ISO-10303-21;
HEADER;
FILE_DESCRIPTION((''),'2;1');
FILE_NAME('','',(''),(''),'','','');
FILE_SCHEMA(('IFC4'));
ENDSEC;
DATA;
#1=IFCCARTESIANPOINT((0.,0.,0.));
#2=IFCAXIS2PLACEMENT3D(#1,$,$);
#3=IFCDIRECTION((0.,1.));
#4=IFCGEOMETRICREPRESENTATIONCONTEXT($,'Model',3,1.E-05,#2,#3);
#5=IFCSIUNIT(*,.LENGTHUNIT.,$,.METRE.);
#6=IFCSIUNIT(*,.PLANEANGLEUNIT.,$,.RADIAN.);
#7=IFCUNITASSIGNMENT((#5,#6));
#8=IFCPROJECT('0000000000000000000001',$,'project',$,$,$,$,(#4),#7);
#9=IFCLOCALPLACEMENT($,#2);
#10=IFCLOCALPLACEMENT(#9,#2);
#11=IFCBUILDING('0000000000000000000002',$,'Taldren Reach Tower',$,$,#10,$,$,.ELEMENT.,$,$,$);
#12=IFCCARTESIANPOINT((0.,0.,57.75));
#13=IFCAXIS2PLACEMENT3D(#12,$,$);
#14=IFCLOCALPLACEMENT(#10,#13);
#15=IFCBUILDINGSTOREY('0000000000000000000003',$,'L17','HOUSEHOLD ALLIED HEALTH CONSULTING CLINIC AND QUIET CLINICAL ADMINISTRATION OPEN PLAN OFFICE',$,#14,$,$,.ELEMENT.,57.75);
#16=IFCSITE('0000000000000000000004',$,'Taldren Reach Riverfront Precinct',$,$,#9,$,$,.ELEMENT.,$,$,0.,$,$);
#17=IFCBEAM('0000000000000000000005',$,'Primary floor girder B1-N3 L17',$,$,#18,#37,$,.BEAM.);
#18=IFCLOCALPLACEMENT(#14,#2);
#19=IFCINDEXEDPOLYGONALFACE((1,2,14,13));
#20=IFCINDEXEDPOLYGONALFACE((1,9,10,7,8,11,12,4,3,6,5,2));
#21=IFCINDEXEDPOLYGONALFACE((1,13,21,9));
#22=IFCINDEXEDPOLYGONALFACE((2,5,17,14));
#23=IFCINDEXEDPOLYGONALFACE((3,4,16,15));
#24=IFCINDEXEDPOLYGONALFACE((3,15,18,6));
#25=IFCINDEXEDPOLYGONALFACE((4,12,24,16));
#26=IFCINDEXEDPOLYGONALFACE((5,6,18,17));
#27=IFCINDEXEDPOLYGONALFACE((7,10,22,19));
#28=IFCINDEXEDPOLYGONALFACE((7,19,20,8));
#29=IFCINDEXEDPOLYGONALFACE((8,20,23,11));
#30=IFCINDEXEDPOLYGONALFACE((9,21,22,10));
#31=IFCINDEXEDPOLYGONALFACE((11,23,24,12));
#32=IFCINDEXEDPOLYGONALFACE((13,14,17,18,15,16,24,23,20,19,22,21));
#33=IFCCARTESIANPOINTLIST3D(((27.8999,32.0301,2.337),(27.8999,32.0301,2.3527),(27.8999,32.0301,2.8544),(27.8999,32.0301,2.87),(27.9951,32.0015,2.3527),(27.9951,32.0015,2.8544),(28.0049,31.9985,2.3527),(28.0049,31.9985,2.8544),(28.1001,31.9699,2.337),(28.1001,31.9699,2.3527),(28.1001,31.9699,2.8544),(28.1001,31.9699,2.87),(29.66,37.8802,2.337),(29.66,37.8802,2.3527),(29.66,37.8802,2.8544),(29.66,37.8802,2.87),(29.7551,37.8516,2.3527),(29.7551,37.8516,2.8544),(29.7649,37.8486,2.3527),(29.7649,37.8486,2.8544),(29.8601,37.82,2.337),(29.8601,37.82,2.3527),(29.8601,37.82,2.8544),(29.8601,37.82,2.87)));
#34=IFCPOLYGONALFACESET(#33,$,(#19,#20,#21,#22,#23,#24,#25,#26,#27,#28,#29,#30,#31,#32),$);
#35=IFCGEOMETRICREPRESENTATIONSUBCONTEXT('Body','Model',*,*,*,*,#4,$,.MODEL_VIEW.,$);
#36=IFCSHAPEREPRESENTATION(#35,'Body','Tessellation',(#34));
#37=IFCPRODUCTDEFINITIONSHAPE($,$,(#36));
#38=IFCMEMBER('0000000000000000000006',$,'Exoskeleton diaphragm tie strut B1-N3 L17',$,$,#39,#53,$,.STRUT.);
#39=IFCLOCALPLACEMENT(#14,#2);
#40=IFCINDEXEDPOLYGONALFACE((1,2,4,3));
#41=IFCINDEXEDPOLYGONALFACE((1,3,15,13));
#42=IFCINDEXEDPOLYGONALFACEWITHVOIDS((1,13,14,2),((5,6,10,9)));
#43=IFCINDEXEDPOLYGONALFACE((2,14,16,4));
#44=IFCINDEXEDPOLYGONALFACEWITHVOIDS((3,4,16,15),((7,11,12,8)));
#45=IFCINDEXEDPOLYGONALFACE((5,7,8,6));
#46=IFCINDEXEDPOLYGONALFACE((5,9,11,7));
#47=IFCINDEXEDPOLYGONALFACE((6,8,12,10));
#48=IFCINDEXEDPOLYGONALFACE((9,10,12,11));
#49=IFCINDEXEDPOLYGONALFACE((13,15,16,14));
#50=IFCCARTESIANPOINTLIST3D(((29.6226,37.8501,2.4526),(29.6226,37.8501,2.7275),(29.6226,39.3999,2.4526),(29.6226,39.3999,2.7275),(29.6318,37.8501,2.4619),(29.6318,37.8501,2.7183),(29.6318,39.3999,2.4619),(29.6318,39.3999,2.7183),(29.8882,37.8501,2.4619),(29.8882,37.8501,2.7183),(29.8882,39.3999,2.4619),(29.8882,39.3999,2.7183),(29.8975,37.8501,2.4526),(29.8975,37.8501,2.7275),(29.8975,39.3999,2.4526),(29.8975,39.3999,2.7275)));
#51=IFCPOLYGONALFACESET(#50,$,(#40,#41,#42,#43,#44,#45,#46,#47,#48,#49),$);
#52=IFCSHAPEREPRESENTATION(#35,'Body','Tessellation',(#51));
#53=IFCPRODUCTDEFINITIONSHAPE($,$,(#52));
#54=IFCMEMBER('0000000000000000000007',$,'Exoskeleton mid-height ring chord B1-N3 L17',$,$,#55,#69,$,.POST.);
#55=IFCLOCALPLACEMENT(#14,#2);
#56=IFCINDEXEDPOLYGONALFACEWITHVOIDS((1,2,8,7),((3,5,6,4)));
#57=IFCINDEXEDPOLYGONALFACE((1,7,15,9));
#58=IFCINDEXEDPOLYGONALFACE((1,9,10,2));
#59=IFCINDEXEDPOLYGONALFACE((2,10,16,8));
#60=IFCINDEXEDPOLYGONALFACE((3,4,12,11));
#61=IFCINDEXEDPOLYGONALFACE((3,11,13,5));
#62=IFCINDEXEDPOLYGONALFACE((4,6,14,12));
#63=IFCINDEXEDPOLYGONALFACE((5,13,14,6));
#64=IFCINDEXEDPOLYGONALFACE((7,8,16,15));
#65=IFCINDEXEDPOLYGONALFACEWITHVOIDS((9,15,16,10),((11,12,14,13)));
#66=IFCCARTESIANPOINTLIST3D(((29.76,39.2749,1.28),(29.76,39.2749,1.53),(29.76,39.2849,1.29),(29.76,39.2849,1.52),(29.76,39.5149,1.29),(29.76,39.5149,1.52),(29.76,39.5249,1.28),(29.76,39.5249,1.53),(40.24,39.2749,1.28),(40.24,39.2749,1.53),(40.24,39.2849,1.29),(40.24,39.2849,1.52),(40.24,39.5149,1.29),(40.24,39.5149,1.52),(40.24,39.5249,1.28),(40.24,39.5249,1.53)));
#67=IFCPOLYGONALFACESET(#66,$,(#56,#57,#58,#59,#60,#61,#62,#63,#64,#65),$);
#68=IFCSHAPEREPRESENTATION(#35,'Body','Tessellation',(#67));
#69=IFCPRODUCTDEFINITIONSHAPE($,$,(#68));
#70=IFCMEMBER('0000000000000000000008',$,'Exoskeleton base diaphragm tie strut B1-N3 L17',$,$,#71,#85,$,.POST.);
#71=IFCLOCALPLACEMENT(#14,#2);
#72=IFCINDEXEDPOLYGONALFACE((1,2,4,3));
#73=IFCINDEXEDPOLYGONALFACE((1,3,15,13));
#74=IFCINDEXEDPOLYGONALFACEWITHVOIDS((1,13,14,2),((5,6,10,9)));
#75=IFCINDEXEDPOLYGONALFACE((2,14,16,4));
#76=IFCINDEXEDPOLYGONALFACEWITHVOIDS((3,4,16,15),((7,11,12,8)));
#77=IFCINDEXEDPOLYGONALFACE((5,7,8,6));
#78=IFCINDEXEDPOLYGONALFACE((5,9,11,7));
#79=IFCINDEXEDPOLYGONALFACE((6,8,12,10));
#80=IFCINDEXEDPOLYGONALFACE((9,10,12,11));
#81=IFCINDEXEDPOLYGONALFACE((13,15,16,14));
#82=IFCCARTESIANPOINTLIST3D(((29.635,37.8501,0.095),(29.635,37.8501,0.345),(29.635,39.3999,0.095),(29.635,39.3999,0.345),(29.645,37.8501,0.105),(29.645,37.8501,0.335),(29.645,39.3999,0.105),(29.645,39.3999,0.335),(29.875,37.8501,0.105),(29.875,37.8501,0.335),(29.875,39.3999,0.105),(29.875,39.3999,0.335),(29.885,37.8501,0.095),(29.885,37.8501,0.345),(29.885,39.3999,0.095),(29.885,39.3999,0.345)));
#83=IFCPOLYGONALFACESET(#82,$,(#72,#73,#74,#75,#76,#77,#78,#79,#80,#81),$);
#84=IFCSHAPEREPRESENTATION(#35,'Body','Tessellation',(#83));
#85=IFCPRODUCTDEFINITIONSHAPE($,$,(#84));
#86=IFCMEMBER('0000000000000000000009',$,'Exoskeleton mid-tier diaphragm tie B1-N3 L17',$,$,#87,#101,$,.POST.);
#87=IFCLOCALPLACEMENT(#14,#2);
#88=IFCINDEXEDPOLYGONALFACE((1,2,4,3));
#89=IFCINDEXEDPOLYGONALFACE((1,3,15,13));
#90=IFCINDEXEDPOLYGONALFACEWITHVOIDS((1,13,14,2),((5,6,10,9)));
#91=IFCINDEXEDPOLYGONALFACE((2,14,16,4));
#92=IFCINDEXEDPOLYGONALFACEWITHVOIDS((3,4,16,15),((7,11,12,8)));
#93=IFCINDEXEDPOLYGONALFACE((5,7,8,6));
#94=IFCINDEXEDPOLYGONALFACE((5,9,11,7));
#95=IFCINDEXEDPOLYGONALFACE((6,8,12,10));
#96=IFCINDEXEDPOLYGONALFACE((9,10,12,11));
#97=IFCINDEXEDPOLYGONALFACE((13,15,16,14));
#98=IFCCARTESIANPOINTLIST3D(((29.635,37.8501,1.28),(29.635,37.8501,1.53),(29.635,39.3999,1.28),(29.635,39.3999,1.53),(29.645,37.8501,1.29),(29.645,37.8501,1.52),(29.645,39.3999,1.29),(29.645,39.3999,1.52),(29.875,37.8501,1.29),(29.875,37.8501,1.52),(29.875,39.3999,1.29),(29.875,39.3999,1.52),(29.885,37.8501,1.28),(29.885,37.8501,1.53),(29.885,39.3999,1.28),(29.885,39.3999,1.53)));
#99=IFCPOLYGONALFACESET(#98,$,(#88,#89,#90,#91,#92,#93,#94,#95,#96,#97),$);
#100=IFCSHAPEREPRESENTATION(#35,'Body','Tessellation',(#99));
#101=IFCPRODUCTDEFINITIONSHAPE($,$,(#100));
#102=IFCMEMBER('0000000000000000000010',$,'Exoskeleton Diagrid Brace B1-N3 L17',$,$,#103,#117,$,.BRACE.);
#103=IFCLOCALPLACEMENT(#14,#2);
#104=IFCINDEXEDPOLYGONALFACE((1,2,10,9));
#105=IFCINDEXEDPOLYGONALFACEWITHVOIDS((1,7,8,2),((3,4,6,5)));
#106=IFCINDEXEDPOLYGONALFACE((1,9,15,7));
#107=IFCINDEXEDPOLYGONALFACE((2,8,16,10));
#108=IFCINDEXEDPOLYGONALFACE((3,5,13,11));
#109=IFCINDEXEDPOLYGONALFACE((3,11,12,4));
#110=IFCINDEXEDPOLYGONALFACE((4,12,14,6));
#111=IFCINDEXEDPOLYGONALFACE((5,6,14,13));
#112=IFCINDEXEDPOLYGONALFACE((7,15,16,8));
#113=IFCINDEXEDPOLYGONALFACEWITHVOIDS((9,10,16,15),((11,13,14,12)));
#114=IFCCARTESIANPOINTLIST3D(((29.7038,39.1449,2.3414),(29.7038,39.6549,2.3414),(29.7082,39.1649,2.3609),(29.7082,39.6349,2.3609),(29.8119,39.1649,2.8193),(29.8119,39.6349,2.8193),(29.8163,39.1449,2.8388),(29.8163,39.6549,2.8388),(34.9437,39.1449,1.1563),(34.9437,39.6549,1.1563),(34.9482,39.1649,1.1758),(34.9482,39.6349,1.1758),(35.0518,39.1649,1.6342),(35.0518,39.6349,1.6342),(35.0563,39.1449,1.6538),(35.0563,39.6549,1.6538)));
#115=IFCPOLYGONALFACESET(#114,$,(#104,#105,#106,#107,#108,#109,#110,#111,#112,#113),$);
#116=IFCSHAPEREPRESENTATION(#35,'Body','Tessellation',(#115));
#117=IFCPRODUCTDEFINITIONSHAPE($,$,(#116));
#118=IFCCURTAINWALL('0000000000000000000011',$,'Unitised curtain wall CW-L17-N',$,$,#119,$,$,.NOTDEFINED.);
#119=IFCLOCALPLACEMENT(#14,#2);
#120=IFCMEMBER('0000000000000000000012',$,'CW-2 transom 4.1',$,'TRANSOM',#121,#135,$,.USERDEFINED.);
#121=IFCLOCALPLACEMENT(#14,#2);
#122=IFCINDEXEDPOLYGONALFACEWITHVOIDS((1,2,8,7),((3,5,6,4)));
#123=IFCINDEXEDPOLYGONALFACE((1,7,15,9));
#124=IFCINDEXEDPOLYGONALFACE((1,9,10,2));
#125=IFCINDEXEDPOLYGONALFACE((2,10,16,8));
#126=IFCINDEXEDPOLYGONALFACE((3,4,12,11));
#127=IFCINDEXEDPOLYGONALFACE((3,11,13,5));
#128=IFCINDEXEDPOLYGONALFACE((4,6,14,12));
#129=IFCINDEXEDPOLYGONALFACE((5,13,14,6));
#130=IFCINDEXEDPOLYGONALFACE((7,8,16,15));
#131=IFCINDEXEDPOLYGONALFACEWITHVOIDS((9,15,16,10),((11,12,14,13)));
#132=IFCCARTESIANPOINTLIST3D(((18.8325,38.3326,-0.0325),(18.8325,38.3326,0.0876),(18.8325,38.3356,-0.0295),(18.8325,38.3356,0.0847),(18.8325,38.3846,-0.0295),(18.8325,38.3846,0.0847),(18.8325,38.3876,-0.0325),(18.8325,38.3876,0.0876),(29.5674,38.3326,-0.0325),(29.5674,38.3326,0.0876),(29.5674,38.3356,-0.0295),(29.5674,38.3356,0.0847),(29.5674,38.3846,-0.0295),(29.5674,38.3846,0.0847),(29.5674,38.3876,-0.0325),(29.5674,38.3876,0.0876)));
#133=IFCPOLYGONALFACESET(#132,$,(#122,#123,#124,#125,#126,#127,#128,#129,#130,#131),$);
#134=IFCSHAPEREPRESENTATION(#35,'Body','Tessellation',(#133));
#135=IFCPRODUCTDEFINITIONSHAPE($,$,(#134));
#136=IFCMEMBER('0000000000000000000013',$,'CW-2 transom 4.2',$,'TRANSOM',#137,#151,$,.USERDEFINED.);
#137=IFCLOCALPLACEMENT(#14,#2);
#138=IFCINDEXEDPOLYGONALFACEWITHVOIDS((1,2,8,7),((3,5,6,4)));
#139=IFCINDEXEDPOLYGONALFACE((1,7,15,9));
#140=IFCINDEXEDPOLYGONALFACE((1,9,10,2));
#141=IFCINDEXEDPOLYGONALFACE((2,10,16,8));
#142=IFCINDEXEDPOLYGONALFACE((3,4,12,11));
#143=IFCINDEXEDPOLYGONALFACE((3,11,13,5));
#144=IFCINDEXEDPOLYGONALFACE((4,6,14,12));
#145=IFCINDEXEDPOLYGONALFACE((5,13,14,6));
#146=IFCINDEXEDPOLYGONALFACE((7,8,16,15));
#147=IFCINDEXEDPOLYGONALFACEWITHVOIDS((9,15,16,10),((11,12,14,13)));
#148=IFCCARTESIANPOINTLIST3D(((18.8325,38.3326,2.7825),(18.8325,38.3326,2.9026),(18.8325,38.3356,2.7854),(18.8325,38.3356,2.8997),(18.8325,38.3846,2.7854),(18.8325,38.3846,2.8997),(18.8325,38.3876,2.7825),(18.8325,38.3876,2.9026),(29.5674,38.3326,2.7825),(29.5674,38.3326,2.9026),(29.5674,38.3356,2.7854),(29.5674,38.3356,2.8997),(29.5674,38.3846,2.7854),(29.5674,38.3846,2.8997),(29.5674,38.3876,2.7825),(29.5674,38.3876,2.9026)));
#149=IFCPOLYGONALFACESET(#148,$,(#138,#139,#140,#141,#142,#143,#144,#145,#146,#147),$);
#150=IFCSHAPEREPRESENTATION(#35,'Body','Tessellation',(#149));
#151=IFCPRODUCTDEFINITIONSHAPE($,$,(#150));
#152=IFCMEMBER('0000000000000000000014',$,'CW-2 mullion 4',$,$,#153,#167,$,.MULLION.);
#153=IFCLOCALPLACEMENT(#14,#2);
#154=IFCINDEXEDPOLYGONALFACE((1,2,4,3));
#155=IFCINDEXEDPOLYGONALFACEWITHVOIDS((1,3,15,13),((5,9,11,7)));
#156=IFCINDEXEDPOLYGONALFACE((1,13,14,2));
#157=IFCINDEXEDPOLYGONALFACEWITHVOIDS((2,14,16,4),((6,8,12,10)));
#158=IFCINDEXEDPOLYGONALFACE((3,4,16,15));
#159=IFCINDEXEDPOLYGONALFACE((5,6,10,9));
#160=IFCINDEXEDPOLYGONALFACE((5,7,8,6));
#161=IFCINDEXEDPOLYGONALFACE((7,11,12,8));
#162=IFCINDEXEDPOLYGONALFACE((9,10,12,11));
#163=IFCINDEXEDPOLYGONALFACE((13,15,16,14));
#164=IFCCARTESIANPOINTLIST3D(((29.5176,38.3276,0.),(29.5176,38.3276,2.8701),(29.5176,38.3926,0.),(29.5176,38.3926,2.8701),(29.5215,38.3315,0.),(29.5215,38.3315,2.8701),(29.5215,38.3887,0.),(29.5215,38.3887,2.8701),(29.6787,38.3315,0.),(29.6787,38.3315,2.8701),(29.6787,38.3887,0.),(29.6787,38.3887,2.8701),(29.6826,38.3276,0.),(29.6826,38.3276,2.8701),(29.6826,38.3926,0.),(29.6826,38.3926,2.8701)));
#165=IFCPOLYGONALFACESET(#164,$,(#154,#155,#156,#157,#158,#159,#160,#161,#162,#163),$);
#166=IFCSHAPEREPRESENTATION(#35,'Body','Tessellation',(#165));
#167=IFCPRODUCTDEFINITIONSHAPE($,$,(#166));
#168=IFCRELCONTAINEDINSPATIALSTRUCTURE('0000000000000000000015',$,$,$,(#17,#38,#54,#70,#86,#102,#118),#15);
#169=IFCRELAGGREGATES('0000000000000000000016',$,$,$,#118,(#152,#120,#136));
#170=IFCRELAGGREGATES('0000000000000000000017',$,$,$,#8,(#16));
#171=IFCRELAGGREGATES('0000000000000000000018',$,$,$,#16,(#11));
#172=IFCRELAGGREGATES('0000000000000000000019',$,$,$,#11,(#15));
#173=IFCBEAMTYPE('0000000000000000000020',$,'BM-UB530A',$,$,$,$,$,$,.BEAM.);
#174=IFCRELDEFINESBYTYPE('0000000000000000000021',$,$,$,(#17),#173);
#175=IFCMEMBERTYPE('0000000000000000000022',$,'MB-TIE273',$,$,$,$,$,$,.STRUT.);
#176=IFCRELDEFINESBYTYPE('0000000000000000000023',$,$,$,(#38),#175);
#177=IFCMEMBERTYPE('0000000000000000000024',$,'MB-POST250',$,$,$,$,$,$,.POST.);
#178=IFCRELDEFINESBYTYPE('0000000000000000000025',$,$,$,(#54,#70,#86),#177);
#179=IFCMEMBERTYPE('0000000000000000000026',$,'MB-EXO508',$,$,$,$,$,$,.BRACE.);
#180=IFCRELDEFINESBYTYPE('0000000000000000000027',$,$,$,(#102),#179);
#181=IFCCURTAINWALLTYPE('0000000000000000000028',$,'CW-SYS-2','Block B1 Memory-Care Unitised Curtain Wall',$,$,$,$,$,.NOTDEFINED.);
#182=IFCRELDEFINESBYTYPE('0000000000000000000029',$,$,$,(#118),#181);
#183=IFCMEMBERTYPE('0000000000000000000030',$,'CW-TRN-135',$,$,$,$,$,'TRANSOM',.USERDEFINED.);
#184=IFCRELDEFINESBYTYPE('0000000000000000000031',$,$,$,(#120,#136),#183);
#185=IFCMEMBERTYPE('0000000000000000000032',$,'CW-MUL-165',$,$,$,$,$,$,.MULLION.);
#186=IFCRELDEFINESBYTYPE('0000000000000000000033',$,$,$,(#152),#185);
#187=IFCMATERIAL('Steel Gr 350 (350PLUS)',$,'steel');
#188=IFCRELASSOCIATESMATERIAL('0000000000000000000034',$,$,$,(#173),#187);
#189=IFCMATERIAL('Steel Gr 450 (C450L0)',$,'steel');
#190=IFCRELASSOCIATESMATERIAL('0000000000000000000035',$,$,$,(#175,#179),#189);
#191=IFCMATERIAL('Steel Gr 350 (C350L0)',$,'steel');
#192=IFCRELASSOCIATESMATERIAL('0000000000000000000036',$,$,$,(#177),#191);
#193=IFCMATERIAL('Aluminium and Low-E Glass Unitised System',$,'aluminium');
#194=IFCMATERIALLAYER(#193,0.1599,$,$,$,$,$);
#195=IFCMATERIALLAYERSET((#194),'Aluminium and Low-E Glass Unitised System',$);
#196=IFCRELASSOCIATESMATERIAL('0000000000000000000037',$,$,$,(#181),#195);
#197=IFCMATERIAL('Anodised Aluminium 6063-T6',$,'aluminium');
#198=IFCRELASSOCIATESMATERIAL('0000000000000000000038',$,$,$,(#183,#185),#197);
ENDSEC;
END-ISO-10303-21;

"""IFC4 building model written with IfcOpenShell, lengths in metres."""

from ifc_helpers import new_model, si_unit, direction, frame, origin, origin_2d, place, context, subcontext, project, spatial, hollow_rectangle, i_section, extrude, source, transform, mapped, material, layer, layer_set, material_profile, profile_set, type_object, element, aggregate, save


model = new_model("IFC4")

# Units and contexts
model_context = context("Model", 3, precision=1e-05, world=origin(), true_north=direction((0.0, 1.0)))
body_context = subcontext(model_context, "Body", "Model", "MODEL_VIEW")
ifc_project = project(units=[si_unit("LENGTHUNIT", "METRE"), si_unit("PLANEANGLEUNIT", "RADIAN")], contexts=[model_context])

# Site, building, storey
site_placement = place(None, origin())
site = spatial("IfcSite", under=ifc_project, at=site_placement, Name="Taldren Reach Riverfront Precinct", CompositionType="ELEMENT", RefElevation=0.0)
building_placement = place(site_placement, origin())
building = spatial("IfcBuilding", under=site, at=building_placement, Name="Taldren Reach Tower", CompositionType="ELEMENT")
storey_placement = place(building_placement, frame((0.0, 0.0, 57.75)))
storey = spatial("IfcBuildingStorey", under=building, at=storey_placement, Name="L17", Description="HOUSEHOLD ALLIED HEALTH CONSULTING CLINIC AND QUIET CLINICAL ADMINISTRATION OPEN PLAN OFFICE", CompositionType="ELEMENT", Elevation=57.75)

# Shared definitions
ifc_material_1 = material(Name="Steel Gr 350 (350PLUS)", Category="steel")

# Beam
ifc_material_profile_1 = material_profile(ifc_material_1, i_section(OverallWidth=0.209, OverallDepth=0.533, WebThickness=0.0103, FlangeThickness=0.0156, at=origin_2d()), Name="530UB92.4")
ifc_profile_set_1 = profile_set([ifc_material_profile_1], Name="Steel Gr 350 (350PLUS)")
beam_type_1 = type_object("IfcBeamType", Name="BM-UB530A", PredefinedType="BEAM", material=ifc_profile_set_1)
shared_shape_1 = source(origin(), body_context, "Body", "SweptSolid", [
    extrude(i_section(OverallWidth=0.209, OverallDepth=0.533, WebThickness=0.0103, FlangeThickness=0.0156, at=origin_2d()), origin(), (0.0, 0.0, 1.0), 6.1091),
])
beam_1_placement = place(storey_placement, frame((28.0, 32.0, 2.6035), z_axis=(0.288096, 0.957602, 0.0), x_axis=(-0.957602, 0.288096, 0.0)))
element("IfcBeam", 1, at=beam_1_placement, inside=storey, type_object=beam_type_1, Name="Primary floor girder B1-N3 L17", PredefinedType="BEAM", context=body_context, shape_type="MappedRepresentation", body=[
    mapped(shared_shape_1, transform((0.0, 0.0, 0.0), scale=1.0)),
])

# Members
ifc_material_2 = material(Name="Steel Gr 450 (C450L0)", Category="steel")
ifc_material_profile_2 = material_profile(ifc_material_2, hollow_rectangle(XDim=0.2749, YDim=0.2749, WallThickness=0.0093, at=origin_2d()), Name="275x275x9.3SHS")
ifc_profile_set_2 = profile_set([ifc_material_profile_2], Name="Steel Gr 450 (C450L0)")
member_type_1 = type_object("IfcMemberType", Name="MB-TIE273", PredefinedType="STRUT", material=ifc_profile_set_2)
shared_shape_2 = source(origin(), body_context, "Body", "SweptSolid", [
    extrude(hollow_rectangle(XDim=0.2749, YDim=0.2749, WallThickness=0.0093, at=origin_2d()), origin(), (0.0, 0.0, 1.0), 1.5498),
])
member_1_placement = place(storey_placement, frame((29.76, 37.8501, 2.5901), z_axis=(0.0, 1.0, 0.0), x_axis=(-1.0, 0.0, 0.0)))
element("IfcMember", 2, at=member_1_placement, inside=storey, type_object=member_type_1, Name="Exoskeleton diaphragm tie strut B1-N3 L17", PredefinedType="STRUT", context=body_context, shape_type="MappedRepresentation", body=[
    mapped(shared_shape_2, transform((0.0, 0.0, 0.0), scale=1.0)),
])
ifc_material_3 = material(Name="Steel Gr 350 (C350L0)", Category="steel")
ifc_material_profile_3 = material_profile(ifc_material_3, hollow_rectangle(XDim=0.25, YDim=0.25, WallThickness=0.01, at=origin_2d()), Name="250x250x10.0SHS")
ifc_profile_set_3 = profile_set([ifc_material_profile_3], Name="Steel Gr 350 (C350L0)")
member_type_2 = type_object("IfcMemberType", Name="MB-POST250", PredefinedType="POST", material=ifc_profile_set_3)
shared_shape_3 = source(origin(), body_context, "Body", "SweptSolid", [
    extrude(hollow_rectangle(XDim=0.25, YDim=0.25, WallThickness=0.01, at=origin_2d()), origin(), (0.0, 0.0, 1.0), 10.48),
])
member_2_placement = place(storey_placement, frame((29.76, 39.3999, 1.405), z_axis=(1.0, 0.0, 0.0), x_axis=(0.0, 1.0, 0.0)))
element("IfcMember", 3, at=member_2_placement, inside=storey, type_object=member_type_2, Name="Exoskeleton mid-height ring chord B1-N3 L17", PredefinedType="POST", context=body_context, shape_type="MappedRepresentation", body=[
    mapped(shared_shape_3, transform((0.0, 0.0, 0.0), scale=1.0)),
])
shared_shape_4 = source(origin(), body_context, "Body", "SweptSolid", [
    extrude(hollow_rectangle(XDim=0.25, YDim=0.25, WallThickness=0.01, at=origin_2d()), origin(), (0.0, 0.0, 1.0), 1.5498),
])
for number, where, z_axis, x_axis, name in (
    (4, (29.76, 37.8501, 0.22), (0.0, 1.0, 0.0), (-1.0, 0.0, 0.0), "Exoskeleton base diaphragm tie strut B1-N3 L17"),
    (5, (29.76, 37.8501, 1.405), (0.0, 1.0, 0.0), (-1.0, 0.0, 0.0), "Exoskeleton mid-tier diaphragm tie B1-N3 L17"),
):
    element("IfcMember", number, at=place(storey_placement, frame(where, z_axis=z_axis, x_axis=x_axis)), inside=storey, type_object=member_type_2, Name=name, PredefinedType="POST", context=body_context, shape_type="MappedRepresentation", body=[
        mapped(shared_shape_4, transform((0.0, 0.0, 0.0), scale=1.0)),
    ])
ifc_material_profile_4 = material_profile(ifc_material_2, hollow_rectangle(XDim=0.51, YDim=0.51, WallThickness=0.02, at=origin_2d()), Name="510x510x20.0SHS")
ifc_profile_set_4 = profile_set([ifc_material_profile_4], Name="Steel Gr 450 (C450L0)")
member_type_3 = type_object("IfcMemberType", Name="MB-EXO508", PredefinedType="BRACE", material=ifc_profile_set_4)
shared_shape_5 = source(origin(), body_context, "Body", "SweptSolid", [
    extrude(hollow_rectangle(XDim=0.51, YDim=0.51, WallThickness=0.02, at=origin_2d()), origin(), (0.0, 0.0, 1.0), 5.3723),
])
member_3_placement = place(storey_placement, frame((35.0, 39.3999, 1.405), z_axis=(-0.975368, 0.0, 0.220586), x_axis=(0.0, -1.0, 0.0)))
element("IfcMember", 6, at=member_3_placement, inside=storey, type_object=member_type_3, Name="Exoskeleton Diagrid Brace B1-N3 L17", PredefinedType="BRACE", context=body_context, shape_type="MappedRepresentation", body=[
    mapped(shared_shape_5, transform((0.0, 0.0, 0.0), scale=1.0)),
])

# Curtain wall, members
ifc_material_4 = material(Name="Aluminium and Low-E Glass Unitised System", Category="aluminium")
ifc_layer_1 = layer(ifc_material_4, 0.1599)
ifc_layer_set_1 = layer_set([ifc_layer_1], Name="Aluminium and Low-E Glass Unitised System")
curtain_wall_type = type_object("IfcCurtainWallType", Name="CW-SYS-2", Description="Block B1 Memory-Care Unitised Curtain Wall", PredefinedType="NOTDEFINED", material=ifc_layer_set_1)
curtain_wall_placement = place(storey_placement, origin())
curtain_wall = element("IfcCurtainWall", 7, at=curtain_wall_placement, inside=storey, type_object=curtain_wall_type, Name="Unitised curtain wall CW-L17-N", PredefinedType="NOTDEFINED")
ifc_material_5 = material(Name="Anodised Aluminium 6063-T6", Category="aluminium")
ifc_material_profile_5 = material_profile(ifc_material_5, hollow_rectangle(XDim=0.0549, YDim=0.1201, WallThickness=0.0029, at=origin_2d()), Name="ALU-120x55x3RHS")
ifc_profile_set_5 = profile_set([ifc_material_profile_5], Name="Anodised Aluminium 6063-T6")
member_type_4 = type_object("IfcMemberType", Name="CW-TRN-135", ElementType="TRANSOM", PredefinedType="USERDEFINED", material=ifc_profile_set_5)
shared_shape_6 = source(origin(), body_context, "Body", "SweptSolid", [
    extrude(hollow_rectangle(XDim=0.0549, YDim=0.1201, WallThickness=0.0029, at=origin_2d()), origin(), (0.0, 0.0, 1.0), 10.7349),
])
member_4_placement = place(storey_placement, frame((29.5674, 38.3601, 0.0276), z_axis=(-1.0, 0.0, 0.0), x_axis=(0.0, -1.0, 0.0)))
member_4 = element("IfcMember", 8, at=member_4_placement, type_object=member_type_4, Name="CW-2 transom 4.1", ObjectType="TRANSOM", PredefinedType="USERDEFINED", context=body_context, shape_type="MappedRepresentation", body=[
    mapped(shared_shape_6, transform((0.0, 0.0, 0.0), scale=1.0)),
])
member_5_placement = place(storey_placement, frame((29.5674, 38.3601, 2.8425), z_axis=(-1.0, 0.0, 0.0), x_axis=(0.0, -1.0, 0.0)))
member_5 = element("IfcMember", 9, at=member_5_placement, type_object=member_type_4, Name="CW-2 transom 4.2", ObjectType="TRANSOM", PredefinedType="USERDEFINED", context=body_context, shape_type="MappedRepresentation", body=[
    mapped(shared_shape_6, transform((0.0, 0.0, 0.0), scale=1.0)),
])
ifc_material_profile_6 = material_profile(ifc_material_5, hollow_rectangle(XDim=0.0649, YDim=0.165, WallThickness=0.0039, at=origin_2d()), Name="ALU-165x65x4RHS")
ifc_profile_set_6 = profile_set([ifc_material_profile_6], Name="Anodised Aluminium 6063-T6")
member_type_5 = type_object("IfcMemberType", Name="CW-MUL-165", PredefinedType="MULLION", material=ifc_profile_set_6)
shared_shape_7 = source(origin(), body_context, "Body", "SweptSolid", [
    extrude(hollow_rectangle(XDim=0.0649, YDim=0.165, WallThickness=0.0039, at=origin_2d()), origin(), (0.0, 0.0, 1.0), 2.8701),
])
member_6_placement = place(storey_placement, frame((29.6001, 38.3601, 0.0), z_axis=(0.0, 0.0, 1.0), x_axis=(0.0, -1.0, 0.0)))
member_6 = element("IfcMember", 10, at=member_6_placement, type_object=member_type_5, Name="CW-2 mullion 4", PredefinedType="MULLION", context=body_context, shape_type="MappedRepresentation", body=[
    mapped(shared_shape_7, transform((0.0, 0.0, 0.0), scale=1.0)),
])

aggregate(curtain_wall, [member_6, member_4, member_5])

save(model, "model.ifc")
